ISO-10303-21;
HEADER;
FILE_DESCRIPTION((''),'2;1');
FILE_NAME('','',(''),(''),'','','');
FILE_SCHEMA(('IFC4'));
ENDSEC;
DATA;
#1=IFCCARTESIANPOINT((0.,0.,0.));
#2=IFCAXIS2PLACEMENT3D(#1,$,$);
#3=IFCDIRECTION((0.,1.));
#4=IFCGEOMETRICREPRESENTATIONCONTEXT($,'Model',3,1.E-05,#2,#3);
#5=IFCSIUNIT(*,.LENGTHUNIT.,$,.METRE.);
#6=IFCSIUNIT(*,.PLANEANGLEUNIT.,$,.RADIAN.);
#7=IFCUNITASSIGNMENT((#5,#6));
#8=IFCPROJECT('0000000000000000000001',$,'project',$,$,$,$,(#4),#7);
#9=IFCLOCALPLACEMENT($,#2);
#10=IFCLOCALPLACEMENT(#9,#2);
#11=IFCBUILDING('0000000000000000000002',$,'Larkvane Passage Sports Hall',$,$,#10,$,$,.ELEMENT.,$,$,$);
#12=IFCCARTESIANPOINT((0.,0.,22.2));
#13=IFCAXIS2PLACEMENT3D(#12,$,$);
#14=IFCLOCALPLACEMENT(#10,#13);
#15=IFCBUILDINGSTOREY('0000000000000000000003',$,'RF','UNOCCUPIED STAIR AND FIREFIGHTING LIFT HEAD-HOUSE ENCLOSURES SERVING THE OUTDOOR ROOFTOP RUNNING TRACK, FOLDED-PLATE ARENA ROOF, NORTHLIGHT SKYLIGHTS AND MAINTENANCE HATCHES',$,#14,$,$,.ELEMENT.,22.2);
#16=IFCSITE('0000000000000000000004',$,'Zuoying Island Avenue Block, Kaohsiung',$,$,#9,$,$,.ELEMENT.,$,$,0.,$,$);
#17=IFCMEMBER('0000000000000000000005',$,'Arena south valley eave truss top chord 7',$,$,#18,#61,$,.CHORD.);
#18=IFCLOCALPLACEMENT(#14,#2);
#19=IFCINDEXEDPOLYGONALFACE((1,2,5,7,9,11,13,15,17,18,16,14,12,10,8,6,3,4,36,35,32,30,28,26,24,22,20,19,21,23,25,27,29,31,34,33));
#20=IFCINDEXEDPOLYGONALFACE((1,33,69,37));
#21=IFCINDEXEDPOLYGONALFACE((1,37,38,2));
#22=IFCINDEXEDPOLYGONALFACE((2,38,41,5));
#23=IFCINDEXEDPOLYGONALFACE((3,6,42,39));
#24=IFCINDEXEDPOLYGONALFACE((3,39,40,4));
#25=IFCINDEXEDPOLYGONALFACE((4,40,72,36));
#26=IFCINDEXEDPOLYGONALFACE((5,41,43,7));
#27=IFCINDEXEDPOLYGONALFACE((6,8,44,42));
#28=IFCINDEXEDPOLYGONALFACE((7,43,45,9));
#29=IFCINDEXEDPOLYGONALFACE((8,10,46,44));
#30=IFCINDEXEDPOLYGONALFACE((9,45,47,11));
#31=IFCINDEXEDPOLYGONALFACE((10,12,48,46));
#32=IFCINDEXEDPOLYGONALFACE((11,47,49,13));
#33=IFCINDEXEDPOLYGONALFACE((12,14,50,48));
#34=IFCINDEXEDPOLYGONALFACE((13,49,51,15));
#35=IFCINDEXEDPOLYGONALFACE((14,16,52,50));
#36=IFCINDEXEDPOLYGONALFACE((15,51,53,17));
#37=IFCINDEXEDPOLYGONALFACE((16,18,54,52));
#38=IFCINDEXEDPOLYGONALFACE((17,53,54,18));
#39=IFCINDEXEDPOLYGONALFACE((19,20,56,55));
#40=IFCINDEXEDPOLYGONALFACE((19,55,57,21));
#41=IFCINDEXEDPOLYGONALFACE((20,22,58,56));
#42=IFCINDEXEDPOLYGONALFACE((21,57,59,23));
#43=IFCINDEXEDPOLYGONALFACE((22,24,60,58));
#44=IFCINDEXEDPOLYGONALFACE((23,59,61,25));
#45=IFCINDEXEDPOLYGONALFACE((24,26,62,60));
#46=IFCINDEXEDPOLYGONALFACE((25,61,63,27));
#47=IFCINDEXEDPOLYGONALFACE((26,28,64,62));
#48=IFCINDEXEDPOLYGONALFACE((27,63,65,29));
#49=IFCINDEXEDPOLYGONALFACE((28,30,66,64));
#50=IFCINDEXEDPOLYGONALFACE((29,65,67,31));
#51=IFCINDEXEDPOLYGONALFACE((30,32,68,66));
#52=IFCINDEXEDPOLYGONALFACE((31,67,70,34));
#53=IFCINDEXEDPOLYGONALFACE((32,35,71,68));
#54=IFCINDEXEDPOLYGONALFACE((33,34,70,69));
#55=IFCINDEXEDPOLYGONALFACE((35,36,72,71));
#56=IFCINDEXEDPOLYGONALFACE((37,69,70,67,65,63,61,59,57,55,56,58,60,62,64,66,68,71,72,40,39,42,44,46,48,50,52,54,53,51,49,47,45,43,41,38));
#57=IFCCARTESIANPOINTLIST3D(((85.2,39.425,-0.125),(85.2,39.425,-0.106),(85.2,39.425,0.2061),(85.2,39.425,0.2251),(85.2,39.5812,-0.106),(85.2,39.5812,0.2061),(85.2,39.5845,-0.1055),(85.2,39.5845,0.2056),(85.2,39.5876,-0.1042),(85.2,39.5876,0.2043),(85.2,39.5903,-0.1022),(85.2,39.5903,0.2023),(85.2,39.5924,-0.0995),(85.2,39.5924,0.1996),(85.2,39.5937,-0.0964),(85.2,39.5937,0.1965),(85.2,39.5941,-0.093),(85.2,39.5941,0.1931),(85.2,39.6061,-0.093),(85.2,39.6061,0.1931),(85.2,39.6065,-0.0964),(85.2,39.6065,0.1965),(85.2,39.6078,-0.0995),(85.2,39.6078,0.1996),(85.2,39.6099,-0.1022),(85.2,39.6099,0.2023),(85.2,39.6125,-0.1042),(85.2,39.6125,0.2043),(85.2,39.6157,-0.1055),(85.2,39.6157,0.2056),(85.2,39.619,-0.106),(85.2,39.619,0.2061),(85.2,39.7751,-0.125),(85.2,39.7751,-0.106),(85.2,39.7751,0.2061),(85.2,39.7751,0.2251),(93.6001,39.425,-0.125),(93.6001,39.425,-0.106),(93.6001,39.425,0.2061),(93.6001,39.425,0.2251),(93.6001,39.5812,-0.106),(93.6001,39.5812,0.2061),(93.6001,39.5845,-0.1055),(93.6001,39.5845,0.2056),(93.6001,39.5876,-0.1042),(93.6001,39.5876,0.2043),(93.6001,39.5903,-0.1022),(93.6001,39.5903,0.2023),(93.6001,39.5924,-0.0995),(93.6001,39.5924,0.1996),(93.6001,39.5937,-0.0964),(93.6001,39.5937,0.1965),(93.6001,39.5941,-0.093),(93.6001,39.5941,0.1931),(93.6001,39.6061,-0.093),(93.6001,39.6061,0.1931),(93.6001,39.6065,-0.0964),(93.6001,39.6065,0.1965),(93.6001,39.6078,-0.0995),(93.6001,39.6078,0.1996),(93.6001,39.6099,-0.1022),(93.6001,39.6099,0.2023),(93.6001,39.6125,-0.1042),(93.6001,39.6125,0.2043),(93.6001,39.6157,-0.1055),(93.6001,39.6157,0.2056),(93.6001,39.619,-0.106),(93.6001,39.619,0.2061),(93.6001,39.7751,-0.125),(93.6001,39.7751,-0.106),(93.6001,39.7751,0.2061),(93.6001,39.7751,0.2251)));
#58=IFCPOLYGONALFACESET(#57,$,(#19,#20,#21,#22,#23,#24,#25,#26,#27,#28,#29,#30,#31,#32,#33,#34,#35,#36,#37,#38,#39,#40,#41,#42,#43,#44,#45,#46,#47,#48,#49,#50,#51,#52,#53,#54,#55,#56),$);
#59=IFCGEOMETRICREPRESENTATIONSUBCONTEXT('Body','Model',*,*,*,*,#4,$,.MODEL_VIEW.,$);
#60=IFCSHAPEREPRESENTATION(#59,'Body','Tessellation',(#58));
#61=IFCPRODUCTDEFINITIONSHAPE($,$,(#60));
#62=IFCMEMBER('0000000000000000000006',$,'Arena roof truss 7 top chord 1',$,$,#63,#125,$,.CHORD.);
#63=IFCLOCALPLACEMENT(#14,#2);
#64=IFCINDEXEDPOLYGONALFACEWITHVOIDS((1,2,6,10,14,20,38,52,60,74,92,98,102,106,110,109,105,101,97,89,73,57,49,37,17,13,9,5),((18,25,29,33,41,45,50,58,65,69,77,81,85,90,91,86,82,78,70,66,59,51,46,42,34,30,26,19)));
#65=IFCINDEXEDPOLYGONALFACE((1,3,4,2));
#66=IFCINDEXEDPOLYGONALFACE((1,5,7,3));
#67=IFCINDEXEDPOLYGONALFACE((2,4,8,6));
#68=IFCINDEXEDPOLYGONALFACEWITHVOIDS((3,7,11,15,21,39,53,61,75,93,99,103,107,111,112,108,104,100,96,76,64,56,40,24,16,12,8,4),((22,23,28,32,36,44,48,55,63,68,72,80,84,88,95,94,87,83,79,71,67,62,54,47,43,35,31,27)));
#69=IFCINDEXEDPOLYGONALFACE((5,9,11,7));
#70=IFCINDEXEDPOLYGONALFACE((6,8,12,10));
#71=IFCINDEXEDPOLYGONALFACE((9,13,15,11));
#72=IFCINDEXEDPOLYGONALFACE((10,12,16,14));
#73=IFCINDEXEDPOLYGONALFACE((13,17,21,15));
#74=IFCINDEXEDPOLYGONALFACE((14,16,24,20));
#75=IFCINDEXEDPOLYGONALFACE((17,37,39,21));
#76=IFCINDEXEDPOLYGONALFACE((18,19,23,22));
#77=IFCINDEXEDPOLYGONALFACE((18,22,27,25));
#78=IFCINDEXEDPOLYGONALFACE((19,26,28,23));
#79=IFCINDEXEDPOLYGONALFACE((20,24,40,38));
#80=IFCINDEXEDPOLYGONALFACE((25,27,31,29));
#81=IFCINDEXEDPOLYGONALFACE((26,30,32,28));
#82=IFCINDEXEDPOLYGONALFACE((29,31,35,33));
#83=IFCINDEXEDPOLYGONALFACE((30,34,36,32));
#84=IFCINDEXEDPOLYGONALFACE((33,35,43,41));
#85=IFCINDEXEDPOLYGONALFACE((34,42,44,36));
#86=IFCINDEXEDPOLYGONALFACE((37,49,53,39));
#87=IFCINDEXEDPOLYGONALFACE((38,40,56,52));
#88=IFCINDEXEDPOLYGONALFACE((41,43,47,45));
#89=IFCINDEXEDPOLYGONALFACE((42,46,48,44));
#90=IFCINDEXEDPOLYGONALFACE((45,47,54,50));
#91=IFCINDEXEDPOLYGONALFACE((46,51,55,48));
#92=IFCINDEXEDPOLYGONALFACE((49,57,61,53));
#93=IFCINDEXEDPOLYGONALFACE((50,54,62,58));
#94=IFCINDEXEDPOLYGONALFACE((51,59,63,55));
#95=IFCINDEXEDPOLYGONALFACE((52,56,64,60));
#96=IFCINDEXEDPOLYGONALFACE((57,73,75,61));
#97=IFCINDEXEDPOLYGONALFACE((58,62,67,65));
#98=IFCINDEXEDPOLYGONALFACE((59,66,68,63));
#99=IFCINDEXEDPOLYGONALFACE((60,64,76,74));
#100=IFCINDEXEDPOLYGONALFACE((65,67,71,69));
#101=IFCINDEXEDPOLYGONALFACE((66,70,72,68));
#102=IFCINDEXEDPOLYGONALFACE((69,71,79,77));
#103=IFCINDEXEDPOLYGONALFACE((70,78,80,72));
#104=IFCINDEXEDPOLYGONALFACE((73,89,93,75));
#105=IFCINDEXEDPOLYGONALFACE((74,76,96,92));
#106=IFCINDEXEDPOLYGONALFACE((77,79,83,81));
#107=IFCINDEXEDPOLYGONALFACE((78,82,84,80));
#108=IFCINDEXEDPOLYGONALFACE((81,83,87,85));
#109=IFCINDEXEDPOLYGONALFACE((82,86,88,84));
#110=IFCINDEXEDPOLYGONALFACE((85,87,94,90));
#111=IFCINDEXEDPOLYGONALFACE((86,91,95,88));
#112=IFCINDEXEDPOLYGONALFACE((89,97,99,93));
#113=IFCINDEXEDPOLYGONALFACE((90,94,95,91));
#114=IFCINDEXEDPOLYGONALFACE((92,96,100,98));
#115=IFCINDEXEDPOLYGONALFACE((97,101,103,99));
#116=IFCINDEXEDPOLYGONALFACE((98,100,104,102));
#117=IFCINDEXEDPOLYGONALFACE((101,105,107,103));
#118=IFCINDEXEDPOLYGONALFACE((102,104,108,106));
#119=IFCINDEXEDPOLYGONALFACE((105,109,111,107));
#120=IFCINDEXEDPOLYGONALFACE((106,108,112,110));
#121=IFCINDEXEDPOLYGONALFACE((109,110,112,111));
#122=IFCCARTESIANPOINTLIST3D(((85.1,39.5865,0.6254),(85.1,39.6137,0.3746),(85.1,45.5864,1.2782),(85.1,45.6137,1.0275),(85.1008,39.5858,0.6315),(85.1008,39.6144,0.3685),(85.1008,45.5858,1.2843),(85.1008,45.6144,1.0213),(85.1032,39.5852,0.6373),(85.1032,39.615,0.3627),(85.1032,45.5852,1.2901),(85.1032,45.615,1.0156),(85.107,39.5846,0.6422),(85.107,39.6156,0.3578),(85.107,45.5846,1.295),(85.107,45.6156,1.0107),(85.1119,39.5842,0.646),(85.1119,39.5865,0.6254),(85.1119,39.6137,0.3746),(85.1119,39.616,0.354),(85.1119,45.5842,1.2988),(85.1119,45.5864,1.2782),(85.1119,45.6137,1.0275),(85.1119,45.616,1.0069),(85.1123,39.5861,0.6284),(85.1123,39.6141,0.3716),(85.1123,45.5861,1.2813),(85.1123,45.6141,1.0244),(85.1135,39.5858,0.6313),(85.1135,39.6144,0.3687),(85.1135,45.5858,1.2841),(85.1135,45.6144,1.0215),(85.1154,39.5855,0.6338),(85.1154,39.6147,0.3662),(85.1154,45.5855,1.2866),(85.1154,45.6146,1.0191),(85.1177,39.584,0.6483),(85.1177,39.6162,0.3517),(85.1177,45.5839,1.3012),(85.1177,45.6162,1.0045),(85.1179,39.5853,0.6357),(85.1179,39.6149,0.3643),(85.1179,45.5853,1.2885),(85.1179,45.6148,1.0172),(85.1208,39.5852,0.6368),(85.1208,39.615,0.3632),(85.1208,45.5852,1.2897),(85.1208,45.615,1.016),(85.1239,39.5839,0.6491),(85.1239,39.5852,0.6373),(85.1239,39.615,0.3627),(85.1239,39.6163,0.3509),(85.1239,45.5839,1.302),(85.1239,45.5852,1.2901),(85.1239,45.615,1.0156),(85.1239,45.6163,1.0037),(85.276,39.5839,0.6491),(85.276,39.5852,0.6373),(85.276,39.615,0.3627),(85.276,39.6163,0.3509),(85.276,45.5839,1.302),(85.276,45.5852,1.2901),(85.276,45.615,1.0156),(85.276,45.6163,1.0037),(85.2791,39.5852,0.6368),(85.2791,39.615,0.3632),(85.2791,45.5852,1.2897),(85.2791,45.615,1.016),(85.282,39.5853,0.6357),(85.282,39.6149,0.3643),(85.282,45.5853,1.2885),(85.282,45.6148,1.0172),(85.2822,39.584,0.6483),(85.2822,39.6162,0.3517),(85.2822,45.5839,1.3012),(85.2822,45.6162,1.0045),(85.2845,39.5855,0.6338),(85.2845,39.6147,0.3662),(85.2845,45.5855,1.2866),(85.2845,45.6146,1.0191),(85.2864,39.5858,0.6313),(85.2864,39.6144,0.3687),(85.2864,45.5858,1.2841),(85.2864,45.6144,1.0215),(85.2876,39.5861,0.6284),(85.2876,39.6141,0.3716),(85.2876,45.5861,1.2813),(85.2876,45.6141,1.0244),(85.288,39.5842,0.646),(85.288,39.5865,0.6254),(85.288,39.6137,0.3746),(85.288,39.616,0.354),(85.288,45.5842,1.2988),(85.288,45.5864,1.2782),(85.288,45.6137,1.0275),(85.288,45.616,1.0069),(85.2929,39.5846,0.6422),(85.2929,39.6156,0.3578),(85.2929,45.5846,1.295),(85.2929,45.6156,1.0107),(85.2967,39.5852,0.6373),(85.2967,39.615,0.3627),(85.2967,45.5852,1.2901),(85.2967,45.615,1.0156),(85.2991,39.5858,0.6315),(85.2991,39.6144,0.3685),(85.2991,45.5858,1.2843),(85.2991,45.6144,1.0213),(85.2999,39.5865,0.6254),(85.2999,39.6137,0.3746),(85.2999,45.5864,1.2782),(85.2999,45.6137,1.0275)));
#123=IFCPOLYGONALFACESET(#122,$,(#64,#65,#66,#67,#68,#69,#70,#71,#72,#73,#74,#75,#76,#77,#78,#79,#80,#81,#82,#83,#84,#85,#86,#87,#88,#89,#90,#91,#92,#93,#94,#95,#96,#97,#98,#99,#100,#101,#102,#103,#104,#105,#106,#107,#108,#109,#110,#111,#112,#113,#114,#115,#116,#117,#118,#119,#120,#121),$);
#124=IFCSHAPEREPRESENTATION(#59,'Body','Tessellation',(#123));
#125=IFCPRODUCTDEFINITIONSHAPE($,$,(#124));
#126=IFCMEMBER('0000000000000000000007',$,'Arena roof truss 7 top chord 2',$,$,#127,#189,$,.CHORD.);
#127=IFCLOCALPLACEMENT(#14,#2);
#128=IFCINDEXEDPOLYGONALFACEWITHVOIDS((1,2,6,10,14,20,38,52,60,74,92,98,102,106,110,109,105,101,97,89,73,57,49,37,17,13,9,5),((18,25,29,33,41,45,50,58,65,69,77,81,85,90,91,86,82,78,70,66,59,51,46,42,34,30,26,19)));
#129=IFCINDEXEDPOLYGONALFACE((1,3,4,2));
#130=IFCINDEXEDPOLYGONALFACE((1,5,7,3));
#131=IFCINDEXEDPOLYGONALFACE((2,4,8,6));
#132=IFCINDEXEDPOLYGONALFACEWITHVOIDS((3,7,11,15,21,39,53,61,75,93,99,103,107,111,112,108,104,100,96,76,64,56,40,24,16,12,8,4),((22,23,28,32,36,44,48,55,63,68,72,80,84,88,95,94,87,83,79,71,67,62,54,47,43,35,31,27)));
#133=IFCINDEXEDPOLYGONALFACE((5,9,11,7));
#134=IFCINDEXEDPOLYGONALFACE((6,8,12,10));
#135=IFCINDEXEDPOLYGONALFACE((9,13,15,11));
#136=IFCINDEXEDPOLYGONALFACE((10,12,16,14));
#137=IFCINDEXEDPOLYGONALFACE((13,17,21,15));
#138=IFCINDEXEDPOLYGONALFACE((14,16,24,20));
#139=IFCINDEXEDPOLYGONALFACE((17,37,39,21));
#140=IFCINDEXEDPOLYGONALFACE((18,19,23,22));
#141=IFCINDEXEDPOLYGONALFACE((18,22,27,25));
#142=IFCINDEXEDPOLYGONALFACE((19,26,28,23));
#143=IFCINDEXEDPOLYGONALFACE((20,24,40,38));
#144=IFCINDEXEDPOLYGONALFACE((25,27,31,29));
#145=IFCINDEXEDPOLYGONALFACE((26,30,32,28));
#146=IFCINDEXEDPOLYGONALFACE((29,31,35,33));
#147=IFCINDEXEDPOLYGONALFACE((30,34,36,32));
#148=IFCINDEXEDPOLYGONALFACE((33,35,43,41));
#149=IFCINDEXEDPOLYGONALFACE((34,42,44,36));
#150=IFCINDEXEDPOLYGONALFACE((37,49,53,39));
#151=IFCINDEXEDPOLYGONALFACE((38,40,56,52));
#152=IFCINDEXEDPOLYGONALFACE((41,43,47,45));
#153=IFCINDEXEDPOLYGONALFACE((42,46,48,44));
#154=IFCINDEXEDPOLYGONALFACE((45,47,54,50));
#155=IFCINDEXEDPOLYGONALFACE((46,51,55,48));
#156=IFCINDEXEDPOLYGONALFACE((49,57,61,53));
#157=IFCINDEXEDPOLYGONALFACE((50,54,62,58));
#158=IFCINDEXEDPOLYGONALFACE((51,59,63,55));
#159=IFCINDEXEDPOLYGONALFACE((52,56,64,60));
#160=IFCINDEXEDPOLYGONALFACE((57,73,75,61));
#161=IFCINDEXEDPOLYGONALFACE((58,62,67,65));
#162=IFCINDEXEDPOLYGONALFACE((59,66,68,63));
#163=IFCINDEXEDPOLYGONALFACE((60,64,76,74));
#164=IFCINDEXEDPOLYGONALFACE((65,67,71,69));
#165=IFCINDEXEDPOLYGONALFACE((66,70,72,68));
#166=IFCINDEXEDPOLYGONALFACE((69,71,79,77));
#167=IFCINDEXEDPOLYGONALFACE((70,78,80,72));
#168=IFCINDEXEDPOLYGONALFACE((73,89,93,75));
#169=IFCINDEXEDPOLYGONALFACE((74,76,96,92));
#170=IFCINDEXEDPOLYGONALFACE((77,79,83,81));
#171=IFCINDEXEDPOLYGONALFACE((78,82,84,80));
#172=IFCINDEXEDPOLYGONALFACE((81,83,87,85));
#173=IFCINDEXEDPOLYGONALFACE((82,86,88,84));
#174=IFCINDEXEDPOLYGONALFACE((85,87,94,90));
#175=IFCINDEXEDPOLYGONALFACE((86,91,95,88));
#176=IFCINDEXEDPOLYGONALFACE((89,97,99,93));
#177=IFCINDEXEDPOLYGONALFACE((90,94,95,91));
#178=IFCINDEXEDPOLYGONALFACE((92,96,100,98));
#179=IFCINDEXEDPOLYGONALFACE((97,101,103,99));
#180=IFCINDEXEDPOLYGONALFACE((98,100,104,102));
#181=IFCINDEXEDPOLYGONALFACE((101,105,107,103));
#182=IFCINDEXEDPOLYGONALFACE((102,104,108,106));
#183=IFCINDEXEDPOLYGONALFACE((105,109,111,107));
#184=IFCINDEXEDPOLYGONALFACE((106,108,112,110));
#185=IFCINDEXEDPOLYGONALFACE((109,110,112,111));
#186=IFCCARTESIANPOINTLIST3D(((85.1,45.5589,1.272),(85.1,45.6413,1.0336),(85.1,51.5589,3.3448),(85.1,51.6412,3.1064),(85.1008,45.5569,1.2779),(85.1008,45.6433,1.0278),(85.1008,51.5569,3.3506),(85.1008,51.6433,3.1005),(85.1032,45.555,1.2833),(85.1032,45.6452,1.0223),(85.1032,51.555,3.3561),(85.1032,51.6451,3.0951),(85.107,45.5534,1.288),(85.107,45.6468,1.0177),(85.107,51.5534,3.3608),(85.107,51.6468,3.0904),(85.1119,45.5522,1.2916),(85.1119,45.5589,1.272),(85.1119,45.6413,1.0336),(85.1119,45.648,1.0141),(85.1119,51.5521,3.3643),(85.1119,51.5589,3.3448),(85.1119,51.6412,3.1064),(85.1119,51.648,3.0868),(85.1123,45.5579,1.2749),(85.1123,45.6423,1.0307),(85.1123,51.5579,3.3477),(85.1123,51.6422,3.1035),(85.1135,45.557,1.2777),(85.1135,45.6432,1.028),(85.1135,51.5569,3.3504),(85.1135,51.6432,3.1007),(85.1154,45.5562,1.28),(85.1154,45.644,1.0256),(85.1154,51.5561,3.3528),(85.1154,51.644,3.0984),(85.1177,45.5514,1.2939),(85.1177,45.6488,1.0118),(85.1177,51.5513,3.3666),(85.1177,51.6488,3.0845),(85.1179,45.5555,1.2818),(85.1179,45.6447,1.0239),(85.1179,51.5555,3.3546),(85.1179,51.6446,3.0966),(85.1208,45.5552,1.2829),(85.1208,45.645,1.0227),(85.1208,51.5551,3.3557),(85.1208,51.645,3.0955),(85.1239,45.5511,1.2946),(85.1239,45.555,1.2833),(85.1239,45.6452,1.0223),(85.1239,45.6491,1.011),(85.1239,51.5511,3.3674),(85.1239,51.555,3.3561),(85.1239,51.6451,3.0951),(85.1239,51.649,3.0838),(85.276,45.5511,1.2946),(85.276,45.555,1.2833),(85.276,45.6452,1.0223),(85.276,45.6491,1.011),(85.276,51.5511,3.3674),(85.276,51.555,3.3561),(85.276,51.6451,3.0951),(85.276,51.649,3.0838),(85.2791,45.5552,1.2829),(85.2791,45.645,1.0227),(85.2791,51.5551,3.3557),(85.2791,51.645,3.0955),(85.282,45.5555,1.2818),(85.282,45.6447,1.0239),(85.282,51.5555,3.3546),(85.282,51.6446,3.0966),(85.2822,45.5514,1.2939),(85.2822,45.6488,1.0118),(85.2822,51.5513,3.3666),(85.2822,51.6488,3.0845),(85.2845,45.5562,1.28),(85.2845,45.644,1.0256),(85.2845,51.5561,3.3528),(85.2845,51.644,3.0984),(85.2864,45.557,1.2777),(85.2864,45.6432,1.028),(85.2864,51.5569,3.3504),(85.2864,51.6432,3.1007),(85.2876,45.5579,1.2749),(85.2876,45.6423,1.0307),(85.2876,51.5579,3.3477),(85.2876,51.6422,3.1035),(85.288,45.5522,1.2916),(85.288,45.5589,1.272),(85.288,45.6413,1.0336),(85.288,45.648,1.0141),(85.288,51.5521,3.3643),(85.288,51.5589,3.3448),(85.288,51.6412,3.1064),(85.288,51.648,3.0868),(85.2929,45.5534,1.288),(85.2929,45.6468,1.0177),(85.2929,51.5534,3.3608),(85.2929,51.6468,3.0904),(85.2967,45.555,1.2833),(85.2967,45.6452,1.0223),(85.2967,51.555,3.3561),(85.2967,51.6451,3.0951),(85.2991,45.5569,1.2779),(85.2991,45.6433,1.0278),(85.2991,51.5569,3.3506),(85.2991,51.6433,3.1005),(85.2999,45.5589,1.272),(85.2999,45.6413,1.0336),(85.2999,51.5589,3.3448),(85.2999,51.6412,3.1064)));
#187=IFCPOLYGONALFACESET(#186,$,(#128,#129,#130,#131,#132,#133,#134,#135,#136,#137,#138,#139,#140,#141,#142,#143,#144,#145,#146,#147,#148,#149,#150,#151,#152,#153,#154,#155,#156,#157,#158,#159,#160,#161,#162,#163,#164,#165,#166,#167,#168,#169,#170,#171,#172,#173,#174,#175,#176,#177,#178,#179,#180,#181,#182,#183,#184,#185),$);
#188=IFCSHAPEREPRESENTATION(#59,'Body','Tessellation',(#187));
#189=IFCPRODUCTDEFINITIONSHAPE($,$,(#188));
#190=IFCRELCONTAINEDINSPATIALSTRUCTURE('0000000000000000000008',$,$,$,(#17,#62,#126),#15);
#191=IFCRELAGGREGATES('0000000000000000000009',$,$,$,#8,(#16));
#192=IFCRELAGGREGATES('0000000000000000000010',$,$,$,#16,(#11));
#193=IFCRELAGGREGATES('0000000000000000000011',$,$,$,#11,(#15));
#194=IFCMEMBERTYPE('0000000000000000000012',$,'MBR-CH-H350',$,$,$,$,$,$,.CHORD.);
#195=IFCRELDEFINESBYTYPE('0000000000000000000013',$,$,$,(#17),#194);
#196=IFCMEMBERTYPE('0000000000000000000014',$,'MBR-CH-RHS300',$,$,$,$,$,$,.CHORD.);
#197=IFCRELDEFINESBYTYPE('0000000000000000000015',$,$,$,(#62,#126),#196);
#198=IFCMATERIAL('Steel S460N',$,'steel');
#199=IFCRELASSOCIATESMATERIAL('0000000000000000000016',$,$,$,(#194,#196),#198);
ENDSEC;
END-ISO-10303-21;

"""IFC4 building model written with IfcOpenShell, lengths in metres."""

from ifc_helpers import new_model, si_unit, direction, frame, origin, origin_2d, place, context, subcontext, project, spatial, hollow_rectangle, i_section, extrude, material, material_profile, profile_set, type_object, element, save


model = new_model("IFC4")

# Units and contexts
model_context = context("Model", 3, precision=1e-05, world=origin(), true_north=direction((0.0, 1.0)))
body_context = subcontext(model_context, "Body", "Model", "MODEL_VIEW")
ifc_project = project(units=[si_unit("LENGTHUNIT", "METRE"), si_unit("PLANEANGLEUNIT", "RADIAN")], contexts=[model_context])

# Site, building, storey
site_placement = place(None, origin())
site = spatial("IfcSite", under=ifc_project, at=site_placement, Name="Zuoying Island Avenue Block, Kaohsiung", CompositionType="ELEMENT", RefElevation=0.0)
building_placement = place(site_placement, origin())
building = spatial("IfcBuilding", under=site, at=building_placement, Name="Larkvane Passage Sports Hall", CompositionType="ELEMENT")
storey_placement = place(building_placement, frame((0.0, 0.0, 22.2)))
storey = spatial("IfcBuildingStorey", under=building, at=storey_placement, Name="RF", Description="UNOCCUPIED STAIR AND FIREFIGHTING LIFT HEAD-HOUSE ENCLOSURES SERVING THE OUTDOOR ROOFTOP RUNNING TRACK, FOLDED-PLATE ARENA ROOF, NORTHLIGHT SKYLIGHTS AND MAINTENANCE HATCHES", CompositionType="ELEMENT", Elevation=22.2)

# Members
ifc_material_1 = material(Name="Steel S460N", Category="steel")
ifc_material_profile_1 = material_profile(ifc_material_1, i_section(OverallWidth=0.3501, OverallDepth=0.3501, WebThickness=0.012, FlangeThickness=0.019, FilletRadius=0.0129, at=origin_2d()), Name="H-350x350x12x19")
ifc_profile_set_1 = profile_set([ifc_material_profile_1], Name="Steel S460N")
member_type_1 = type_object("IfcMemberType", Name="MBR-CH-H350", PredefinedType="CHORD", material=ifc_profile_set_1)
for number, where, z_axis, x_axis, name in (
    (1, (85.2, 39.6001, 0.05), (1.0, 0.0, 0.0), (0.0, 1.0, 0.0), "Arena south valley eave truss top chord 7"),
):
    element("IfcMember", number, at=place(storey_placement, frame(where, z_axis=z_axis, x_axis=x_axis)), inside=storey, type_object=member_type_1, Name=name, PredefinedType="CHORD", context=body_context, shape_type="SweptSolid", body=[
        extrude(i_section(OverallWidth=0.3501, OverallDepth=0.3501, WebThickness=0.012, FlangeThickness=0.019, FilletRadius=0.0129, at=origin_2d()), origin(), (0.0, 0.0, 1.0), 8.4001),
    ])
ifc_material_profile_2 = material_profile(ifc_material_1, hollow_rectangle(XDim=0.2, YDim=0.3, WallThickness=0.012, InnerFilletRadius=0.012, OuterFilletRadius=0.0239, at=origin_2d()), Name="RHS-300x200x12")
ifc_profile_set_2 = profile_set([ifc_material_profile_2], Name="Steel S460N")
member_type_2 = type_object("IfcMemberType", Name="MBR-CH-RHS300", PredefinedType="CHORD", material=ifc_profile_set_2)
member_1_placement = place(storey_placement, frame((85.2, 39.6001, 0.5), z_axis=(0.0, 0.994133, 0.108167), x_axis=(-1.0, 0.0, 0.0)))
element("IfcMember", 2, at=member_1_placement, inside=storey, type_object=member_type_2, Name="Arena roof truss 7 top chord 1", PredefinedType="CHORD", context=body_context, shape_type="SweptSolid", body=[
    extrude(hollow_rectangle(XDim=0.2, YDim=0.3, WallThickness=0.012, InnerFilletRadius=0.012, OuterFilletRadius=0.0239, at=origin_2d()), origin(), (0.0, 0.0, 1.0), 6.0354),
])
member_2_placement = place(storey_placement, frame((85.2, 45.6001, 1.1528), z_axis=(0.0, 0.945189, 0.326524), x_axis=(-1.0, 0.0, 0.0)))
element("IfcMember", 3, at=member_2_placement, inside=storey, type_object=member_type_2, Name="Arena roof truss 7 top chord 2", PredefinedType="CHORD", context=body_context, shape_type="SweptSolid", body=[
    extrude(hollow_rectangle(XDim=0.2, YDim=0.3, WallThickness=0.012, InnerFilletRadius=0.012, OuterFilletRadius=0.0239, at=origin_2d()), origin(), (0.0, 0.0, 1.0), 6.3479),
])

save(model, "model.ifc")
